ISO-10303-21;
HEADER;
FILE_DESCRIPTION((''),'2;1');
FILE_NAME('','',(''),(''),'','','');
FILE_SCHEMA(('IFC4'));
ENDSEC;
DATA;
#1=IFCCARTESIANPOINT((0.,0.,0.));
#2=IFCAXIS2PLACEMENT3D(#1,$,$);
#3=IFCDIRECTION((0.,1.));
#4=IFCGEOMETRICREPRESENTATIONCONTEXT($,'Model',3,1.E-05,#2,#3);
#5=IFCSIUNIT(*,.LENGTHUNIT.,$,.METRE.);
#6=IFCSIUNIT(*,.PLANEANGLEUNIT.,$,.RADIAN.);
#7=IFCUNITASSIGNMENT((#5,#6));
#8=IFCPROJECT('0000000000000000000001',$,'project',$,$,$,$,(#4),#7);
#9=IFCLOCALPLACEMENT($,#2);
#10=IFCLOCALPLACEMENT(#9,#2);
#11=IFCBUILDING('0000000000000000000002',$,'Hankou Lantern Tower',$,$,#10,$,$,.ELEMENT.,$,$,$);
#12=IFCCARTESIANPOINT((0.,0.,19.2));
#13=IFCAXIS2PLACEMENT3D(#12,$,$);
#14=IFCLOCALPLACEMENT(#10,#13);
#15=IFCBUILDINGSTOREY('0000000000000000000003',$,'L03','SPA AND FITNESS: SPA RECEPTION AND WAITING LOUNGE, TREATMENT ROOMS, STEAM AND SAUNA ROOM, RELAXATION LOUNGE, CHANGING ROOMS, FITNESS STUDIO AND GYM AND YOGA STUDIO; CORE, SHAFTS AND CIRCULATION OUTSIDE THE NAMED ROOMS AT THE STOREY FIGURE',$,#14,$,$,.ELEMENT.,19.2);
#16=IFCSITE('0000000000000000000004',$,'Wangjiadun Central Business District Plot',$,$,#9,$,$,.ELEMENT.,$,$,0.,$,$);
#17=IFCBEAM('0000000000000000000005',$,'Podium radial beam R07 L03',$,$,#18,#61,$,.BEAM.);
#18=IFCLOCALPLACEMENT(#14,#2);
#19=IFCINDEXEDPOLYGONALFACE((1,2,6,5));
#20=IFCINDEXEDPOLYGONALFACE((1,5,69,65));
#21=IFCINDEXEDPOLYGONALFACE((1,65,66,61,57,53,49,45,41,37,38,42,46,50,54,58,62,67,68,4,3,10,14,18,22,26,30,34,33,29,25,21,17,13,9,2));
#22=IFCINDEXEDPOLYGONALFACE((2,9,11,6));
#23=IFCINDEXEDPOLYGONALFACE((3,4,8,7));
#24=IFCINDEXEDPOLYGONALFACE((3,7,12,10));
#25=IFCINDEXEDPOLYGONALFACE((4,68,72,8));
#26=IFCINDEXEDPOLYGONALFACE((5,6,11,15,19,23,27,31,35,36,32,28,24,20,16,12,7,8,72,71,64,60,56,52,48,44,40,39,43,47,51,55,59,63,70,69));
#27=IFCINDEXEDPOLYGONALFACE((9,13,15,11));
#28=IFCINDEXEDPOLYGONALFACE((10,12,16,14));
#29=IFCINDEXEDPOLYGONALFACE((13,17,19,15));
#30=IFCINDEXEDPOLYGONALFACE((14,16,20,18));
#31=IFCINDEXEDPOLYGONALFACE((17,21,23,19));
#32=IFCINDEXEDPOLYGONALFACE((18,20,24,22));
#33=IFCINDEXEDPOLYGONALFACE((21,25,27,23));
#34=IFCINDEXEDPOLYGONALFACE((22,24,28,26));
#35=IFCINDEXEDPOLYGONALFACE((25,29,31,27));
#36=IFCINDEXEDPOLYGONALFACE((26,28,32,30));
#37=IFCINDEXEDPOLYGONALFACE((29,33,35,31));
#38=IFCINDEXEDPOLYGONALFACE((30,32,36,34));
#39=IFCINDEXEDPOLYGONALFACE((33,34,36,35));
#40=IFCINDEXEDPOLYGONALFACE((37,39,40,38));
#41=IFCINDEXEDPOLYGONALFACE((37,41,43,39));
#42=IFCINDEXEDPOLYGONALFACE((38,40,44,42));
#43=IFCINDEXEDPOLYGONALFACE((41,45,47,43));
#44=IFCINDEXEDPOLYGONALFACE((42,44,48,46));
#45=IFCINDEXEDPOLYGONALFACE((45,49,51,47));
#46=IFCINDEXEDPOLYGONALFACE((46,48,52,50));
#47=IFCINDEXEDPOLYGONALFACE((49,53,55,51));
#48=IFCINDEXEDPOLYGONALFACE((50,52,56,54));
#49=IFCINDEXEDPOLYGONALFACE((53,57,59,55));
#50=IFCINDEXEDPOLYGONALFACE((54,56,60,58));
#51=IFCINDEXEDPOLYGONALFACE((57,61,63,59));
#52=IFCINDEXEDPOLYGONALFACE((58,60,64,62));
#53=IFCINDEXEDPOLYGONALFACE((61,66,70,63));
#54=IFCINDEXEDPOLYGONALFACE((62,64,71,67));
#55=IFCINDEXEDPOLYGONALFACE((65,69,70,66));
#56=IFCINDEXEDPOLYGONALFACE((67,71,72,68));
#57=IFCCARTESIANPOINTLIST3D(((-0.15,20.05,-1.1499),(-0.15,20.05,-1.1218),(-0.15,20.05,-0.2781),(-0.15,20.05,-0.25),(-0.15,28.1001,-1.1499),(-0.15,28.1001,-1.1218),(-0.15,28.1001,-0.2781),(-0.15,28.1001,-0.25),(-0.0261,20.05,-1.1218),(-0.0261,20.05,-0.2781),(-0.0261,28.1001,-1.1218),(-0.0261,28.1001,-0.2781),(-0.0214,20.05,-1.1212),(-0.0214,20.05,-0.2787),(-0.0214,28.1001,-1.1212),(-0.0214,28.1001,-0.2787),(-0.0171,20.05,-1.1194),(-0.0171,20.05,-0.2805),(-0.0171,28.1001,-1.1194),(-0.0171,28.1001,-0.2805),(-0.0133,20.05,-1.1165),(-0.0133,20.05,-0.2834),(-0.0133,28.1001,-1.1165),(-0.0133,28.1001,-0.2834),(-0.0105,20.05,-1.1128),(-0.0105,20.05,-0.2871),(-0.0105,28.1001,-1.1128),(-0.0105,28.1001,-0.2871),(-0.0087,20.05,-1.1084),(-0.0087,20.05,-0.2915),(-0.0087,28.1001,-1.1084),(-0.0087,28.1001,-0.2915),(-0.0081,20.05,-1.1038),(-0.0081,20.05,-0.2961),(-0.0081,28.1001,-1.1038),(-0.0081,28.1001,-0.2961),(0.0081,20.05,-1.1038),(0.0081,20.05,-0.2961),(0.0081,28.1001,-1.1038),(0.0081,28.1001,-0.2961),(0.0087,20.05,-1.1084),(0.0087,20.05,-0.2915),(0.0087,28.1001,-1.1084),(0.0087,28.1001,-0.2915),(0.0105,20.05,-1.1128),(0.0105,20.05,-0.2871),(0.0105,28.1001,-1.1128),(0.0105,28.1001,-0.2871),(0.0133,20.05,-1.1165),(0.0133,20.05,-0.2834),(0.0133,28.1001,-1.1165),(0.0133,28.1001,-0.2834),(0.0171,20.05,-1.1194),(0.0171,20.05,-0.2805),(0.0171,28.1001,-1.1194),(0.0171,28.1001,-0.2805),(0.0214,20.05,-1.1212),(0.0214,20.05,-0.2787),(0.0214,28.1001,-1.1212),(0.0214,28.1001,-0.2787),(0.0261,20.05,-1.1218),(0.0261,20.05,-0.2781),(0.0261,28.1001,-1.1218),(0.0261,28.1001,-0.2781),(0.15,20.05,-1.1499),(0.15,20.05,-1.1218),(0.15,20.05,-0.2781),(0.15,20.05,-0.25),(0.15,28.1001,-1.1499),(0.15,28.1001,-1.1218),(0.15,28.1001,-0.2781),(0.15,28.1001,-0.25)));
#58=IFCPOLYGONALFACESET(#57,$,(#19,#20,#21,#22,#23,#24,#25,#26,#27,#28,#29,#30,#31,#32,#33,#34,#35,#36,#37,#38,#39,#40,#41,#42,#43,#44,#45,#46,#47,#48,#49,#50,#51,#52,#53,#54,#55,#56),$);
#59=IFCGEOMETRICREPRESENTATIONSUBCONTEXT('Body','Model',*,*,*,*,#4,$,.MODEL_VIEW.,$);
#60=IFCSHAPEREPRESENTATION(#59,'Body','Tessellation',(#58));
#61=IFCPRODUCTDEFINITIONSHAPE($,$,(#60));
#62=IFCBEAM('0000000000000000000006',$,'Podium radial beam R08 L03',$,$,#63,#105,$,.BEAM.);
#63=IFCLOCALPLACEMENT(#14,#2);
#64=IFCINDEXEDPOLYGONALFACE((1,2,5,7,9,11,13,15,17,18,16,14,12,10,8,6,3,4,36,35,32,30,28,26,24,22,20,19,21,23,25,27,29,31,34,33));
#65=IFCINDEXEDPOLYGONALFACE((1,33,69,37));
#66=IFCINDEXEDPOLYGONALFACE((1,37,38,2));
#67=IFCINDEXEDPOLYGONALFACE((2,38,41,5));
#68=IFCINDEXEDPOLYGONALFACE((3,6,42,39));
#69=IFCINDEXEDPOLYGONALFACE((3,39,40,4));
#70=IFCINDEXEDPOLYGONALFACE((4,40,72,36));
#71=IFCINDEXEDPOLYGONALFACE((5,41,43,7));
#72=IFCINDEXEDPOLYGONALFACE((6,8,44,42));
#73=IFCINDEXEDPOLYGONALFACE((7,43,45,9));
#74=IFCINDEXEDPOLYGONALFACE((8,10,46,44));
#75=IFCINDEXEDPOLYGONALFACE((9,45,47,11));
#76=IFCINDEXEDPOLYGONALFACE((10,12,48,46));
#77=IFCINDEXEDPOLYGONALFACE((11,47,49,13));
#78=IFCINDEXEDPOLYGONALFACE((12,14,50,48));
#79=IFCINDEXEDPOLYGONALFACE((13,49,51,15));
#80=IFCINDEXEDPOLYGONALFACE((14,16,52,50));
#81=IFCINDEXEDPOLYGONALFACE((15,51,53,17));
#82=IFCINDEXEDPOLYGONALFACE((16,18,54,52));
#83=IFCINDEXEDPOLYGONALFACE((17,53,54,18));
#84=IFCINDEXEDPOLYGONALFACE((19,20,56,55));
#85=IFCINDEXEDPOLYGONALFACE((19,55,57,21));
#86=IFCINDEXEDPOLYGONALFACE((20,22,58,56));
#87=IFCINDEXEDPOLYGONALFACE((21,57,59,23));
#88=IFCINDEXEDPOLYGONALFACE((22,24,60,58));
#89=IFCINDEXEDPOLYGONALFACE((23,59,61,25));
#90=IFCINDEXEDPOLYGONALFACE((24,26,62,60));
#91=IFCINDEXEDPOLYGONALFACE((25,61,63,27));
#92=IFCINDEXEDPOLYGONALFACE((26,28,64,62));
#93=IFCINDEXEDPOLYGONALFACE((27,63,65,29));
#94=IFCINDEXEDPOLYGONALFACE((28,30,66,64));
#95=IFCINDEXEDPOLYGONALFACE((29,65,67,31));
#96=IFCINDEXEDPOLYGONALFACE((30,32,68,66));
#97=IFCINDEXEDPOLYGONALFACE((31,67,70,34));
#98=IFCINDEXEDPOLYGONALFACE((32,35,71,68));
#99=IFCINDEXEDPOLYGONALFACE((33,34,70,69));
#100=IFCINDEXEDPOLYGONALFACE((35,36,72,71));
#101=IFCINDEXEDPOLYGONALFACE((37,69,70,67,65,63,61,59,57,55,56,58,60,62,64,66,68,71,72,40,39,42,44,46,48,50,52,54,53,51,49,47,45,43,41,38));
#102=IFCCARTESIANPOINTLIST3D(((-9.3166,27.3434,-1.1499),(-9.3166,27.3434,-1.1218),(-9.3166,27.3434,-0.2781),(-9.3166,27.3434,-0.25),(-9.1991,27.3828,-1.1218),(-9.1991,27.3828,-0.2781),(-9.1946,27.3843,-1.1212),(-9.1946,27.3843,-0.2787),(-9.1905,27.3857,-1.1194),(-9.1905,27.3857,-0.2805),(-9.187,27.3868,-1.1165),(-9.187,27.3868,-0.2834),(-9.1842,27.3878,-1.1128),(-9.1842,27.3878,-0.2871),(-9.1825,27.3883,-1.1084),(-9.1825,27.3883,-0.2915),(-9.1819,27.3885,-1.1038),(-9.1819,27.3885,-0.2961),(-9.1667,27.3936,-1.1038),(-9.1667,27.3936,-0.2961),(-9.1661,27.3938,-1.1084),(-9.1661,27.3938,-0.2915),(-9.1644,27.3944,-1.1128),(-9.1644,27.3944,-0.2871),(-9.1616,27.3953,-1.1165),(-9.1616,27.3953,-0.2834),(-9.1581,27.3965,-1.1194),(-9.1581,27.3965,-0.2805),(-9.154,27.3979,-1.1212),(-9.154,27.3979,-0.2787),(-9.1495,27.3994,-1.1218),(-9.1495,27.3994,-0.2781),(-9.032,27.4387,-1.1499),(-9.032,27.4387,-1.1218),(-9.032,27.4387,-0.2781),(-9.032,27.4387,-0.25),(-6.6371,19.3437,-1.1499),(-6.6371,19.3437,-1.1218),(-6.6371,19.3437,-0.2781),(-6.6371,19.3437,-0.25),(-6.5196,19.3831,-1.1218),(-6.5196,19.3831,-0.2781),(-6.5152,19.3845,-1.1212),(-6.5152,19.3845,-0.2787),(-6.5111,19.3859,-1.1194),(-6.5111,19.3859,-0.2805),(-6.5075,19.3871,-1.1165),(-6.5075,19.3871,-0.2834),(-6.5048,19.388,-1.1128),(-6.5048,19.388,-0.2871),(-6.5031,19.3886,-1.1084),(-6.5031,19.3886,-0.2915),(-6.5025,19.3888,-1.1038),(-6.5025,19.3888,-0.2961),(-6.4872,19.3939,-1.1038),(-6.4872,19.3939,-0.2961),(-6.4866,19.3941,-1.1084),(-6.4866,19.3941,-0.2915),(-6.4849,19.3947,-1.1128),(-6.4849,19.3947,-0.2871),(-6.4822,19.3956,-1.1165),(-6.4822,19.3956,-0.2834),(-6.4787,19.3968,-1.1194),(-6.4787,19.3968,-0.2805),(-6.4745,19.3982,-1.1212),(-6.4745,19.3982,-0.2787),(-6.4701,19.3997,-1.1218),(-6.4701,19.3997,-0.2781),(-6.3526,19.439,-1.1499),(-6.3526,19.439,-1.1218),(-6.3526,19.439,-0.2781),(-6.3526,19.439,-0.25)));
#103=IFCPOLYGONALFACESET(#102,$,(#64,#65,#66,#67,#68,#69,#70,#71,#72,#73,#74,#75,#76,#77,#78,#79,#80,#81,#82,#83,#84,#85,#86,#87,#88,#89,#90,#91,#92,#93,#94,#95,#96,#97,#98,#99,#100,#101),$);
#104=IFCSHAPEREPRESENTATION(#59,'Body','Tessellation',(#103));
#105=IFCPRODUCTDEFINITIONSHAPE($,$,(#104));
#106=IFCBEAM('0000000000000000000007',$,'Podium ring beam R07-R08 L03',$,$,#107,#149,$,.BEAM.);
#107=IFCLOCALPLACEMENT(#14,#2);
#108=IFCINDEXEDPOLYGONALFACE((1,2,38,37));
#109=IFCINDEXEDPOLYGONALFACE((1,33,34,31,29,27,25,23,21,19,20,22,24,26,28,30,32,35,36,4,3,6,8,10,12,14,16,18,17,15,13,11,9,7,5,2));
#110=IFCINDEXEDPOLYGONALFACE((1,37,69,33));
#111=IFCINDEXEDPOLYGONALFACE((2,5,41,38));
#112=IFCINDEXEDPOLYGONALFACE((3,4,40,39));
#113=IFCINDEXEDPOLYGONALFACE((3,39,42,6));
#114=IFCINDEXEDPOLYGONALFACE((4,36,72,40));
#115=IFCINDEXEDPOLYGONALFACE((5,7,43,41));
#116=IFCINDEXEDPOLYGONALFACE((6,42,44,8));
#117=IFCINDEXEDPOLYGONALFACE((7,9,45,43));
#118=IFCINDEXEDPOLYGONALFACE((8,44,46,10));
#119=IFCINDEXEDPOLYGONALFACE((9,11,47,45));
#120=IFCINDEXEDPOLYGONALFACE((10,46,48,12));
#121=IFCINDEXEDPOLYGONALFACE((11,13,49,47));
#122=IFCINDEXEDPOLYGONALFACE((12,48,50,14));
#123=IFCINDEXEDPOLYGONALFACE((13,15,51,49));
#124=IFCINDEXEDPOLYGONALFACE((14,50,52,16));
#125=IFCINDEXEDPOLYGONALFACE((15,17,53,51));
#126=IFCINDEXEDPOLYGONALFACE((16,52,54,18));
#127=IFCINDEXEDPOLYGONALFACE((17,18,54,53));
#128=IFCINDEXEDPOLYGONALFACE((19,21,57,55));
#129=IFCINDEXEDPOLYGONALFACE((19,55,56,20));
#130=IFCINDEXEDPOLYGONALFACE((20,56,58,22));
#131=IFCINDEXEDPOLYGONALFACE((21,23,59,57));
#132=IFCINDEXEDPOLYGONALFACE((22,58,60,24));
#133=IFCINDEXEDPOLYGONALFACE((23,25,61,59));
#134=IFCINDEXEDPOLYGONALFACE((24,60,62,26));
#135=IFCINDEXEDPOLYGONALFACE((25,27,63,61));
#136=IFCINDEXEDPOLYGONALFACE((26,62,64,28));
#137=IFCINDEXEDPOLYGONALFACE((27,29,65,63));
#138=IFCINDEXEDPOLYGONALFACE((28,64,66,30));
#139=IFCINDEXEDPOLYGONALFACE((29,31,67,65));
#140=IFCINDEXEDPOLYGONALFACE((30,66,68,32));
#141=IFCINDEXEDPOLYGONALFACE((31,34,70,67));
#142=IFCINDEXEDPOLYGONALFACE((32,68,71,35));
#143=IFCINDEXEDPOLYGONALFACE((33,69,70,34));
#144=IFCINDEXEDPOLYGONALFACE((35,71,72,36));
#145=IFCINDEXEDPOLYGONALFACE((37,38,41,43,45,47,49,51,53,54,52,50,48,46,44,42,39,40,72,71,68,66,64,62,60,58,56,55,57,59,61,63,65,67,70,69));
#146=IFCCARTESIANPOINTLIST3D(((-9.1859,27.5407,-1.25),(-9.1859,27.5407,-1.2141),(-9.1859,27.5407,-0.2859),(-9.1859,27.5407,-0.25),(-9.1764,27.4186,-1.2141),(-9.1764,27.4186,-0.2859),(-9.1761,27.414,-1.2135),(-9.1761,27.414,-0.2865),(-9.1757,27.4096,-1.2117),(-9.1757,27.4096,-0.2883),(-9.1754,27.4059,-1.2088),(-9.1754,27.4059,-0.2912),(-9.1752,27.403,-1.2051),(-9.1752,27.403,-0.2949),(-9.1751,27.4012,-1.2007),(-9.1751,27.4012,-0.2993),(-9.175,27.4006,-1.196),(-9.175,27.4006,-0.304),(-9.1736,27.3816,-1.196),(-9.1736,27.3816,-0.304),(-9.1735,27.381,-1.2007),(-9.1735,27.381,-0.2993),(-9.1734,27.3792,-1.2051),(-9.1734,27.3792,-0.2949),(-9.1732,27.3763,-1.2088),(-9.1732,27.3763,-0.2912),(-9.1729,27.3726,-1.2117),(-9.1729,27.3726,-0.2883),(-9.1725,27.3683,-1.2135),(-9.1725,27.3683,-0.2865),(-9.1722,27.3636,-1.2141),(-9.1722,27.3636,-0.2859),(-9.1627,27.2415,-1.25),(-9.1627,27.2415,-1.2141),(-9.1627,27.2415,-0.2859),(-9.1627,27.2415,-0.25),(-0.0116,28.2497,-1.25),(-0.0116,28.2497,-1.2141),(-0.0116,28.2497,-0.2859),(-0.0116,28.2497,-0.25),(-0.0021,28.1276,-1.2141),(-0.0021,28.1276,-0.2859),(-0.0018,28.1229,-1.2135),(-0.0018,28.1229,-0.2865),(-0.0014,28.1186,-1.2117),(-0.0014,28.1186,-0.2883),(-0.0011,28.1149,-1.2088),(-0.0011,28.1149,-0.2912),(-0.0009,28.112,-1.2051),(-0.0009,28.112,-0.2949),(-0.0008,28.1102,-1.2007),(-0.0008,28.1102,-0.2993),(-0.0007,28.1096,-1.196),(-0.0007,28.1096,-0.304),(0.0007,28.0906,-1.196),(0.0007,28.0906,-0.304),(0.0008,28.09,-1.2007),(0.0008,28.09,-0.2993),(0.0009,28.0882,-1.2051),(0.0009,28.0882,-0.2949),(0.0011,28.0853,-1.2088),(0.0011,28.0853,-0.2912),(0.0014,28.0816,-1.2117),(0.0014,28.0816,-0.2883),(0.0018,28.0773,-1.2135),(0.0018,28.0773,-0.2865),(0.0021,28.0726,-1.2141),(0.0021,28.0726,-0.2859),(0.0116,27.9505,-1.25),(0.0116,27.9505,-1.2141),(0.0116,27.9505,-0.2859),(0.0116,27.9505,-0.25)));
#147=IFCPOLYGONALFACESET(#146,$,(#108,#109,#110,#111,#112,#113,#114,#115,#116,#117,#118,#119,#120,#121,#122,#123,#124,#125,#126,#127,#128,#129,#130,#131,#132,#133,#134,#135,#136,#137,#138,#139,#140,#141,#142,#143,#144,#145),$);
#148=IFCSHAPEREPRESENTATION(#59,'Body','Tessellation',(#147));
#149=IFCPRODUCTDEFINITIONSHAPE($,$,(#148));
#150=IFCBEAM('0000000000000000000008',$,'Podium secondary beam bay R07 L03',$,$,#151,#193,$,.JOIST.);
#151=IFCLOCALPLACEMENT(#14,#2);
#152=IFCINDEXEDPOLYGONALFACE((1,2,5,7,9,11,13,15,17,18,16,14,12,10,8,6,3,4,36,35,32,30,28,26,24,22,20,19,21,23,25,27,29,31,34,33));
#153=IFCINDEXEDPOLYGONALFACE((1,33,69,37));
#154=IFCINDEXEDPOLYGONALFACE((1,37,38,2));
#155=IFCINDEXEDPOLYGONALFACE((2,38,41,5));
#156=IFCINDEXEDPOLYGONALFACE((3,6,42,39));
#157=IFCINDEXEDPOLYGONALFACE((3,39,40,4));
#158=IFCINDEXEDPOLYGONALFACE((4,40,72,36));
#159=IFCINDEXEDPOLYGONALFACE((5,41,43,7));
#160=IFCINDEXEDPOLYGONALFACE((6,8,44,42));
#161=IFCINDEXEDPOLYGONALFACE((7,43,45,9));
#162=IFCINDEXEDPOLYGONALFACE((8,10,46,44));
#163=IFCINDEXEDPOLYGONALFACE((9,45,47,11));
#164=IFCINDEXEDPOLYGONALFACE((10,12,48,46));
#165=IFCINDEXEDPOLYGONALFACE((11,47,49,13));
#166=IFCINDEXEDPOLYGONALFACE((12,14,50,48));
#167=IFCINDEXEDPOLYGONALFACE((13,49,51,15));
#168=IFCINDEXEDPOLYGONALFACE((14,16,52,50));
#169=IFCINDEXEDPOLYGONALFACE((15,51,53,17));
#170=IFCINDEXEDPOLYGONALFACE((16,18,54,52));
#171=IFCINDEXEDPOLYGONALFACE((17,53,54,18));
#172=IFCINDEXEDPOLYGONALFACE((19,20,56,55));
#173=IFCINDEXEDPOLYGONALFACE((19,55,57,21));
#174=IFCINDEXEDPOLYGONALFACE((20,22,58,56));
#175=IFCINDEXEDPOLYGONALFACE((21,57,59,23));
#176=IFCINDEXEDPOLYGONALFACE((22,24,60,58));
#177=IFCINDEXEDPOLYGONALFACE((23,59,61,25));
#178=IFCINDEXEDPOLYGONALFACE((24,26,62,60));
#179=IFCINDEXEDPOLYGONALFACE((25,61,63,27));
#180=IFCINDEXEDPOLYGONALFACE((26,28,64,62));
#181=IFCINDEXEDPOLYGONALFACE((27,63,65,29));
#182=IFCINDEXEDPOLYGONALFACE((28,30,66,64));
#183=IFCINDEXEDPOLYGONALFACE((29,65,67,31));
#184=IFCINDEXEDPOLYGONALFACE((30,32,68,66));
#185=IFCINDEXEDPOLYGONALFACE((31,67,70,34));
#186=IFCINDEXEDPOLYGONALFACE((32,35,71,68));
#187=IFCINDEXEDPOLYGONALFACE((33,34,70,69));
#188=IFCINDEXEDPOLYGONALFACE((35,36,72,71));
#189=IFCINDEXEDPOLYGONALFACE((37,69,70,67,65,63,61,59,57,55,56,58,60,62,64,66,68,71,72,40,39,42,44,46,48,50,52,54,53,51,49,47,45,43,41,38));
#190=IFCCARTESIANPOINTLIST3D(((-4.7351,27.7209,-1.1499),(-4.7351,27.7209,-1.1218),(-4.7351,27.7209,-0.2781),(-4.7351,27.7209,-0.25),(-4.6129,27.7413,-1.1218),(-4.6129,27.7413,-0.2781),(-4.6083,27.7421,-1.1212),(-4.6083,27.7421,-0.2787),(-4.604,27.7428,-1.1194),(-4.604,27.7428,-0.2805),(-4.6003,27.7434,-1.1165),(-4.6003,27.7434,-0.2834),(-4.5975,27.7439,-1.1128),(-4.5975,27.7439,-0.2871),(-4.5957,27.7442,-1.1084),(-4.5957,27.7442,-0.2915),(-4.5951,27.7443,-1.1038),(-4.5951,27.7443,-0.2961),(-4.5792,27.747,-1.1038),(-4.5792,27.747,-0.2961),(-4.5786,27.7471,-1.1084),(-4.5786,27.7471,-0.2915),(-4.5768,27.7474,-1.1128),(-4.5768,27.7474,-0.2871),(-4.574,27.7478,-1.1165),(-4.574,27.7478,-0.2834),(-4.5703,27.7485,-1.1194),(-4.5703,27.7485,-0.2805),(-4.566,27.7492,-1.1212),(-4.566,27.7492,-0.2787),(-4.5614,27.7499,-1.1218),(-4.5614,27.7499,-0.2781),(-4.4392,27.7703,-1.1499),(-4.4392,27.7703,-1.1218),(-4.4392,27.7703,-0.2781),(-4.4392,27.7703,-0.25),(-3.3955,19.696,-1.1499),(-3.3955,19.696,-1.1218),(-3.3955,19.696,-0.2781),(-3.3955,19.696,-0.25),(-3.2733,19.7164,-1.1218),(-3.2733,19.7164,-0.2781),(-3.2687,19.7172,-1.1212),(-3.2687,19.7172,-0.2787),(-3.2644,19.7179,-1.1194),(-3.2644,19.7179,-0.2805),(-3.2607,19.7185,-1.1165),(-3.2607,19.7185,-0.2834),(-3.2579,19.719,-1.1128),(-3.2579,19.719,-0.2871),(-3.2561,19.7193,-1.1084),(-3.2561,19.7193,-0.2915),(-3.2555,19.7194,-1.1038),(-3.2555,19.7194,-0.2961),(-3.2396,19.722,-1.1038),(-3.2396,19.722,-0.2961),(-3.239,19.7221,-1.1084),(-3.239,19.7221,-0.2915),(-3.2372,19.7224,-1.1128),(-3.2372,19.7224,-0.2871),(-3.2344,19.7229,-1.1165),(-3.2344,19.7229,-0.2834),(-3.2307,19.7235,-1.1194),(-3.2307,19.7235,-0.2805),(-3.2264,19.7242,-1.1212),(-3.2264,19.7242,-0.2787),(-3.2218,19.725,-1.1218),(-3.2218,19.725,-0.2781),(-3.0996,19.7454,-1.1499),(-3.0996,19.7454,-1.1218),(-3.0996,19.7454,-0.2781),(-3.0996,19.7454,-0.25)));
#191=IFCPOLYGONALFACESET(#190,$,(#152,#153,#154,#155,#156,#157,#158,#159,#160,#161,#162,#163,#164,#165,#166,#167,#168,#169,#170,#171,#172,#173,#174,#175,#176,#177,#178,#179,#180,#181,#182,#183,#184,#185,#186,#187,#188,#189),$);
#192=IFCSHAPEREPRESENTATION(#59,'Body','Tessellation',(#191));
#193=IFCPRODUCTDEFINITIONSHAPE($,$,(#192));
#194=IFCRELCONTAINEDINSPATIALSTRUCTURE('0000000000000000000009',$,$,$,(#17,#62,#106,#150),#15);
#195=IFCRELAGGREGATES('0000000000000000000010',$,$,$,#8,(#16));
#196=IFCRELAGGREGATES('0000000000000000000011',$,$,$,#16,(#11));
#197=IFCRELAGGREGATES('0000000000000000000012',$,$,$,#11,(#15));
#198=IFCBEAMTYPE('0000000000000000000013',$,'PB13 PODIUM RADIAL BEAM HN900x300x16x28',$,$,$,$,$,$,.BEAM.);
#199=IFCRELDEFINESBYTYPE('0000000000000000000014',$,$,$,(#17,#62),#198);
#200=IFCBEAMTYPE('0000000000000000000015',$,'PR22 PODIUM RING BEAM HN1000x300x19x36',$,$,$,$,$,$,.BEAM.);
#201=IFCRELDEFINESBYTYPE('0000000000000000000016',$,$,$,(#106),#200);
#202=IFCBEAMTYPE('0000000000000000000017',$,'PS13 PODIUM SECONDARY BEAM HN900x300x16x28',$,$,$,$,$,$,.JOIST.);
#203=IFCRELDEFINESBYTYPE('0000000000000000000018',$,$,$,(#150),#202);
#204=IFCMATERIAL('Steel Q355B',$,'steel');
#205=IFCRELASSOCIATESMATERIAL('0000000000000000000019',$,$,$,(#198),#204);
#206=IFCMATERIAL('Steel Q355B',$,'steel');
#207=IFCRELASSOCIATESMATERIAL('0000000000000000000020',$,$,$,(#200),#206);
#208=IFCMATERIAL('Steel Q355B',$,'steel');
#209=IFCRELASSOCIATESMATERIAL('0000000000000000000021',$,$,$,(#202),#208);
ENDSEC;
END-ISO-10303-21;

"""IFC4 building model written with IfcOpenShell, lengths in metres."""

from ifc_helpers import new_model, si_unit, direction, frame, origin, origin_2d, place, context, subcontext, project, spatial, i_section, extrude, material, material_profile, profile_set, type_object, element, save


model = new_model("IFC4")

# Units and contexts
model_context = context("Model", 3, precision=1e-05, world=origin(), true_north=direction((0.0, 1.0)))
body_context = subcontext(model_context, "Body", "Model", "MODEL_VIEW")
ifc_project = project(units=[si_unit("LENGTHUNIT", "METRE"), si_unit("PLANEANGLEUNIT", "RADIAN")], contexts=[model_context])

# Site, building, storey
site_placement = place(None, origin())
site = spatial("IfcSite", under=ifc_project, at=site_placement, Name="Wangjiadun Central Business District Plot", CompositionType="ELEMENT", RefElevation=0.0)
building_placement = place(site_placement, origin())
building = spatial("IfcBuilding", under=site, at=building_placement, Name="Hankou Lantern Tower", CompositionType="ELEMENT")
storey_placement = place(building_placement, frame((0.0, 0.0, 19.2)))
storey = spatial("IfcBuildingStorey", under=building, at=storey_placement, Name="L03", Description="SPA AND FITNESS: SPA RECEPTION AND WAITING LOUNGE, TREATMENT ROOMS, STEAM AND SAUNA ROOM, RELAXATION LOUNGE, CHANGING ROOMS, FITNESS STUDIO AND GYM AND YOGA STUDIO; CORE, SHAFTS AND CIRCULATION OUTSIDE THE NAMED ROOMS AT THE STOREY FIGURE", CompositionType="ELEMENT", Elevation=19.2)

# Beams
ifc_material_1 = material(Name="Steel Q355B", Category="steel")
ifc_material_profile_1 = material_profile(ifc_material_1, i_section(OverallWidth=0.3, OverallDepth=0.8999, WebThickness=0.0161, FlangeThickness=0.0281, FilletRadius=0.0181, at=origin_2d()), Name="HN900x300x16x28")
ifc_profile_set_1 = profile_set([ifc_material_profile_1], Name="Steel Q355B")
beam_type_1 = type_object("IfcBeamType", Name="PB13 PODIUM RADIAL BEAM HN900x300x16x28", PredefinedType="BEAM", material=ifc_profile_set_1)
beam_1_placement = place(storey_placement, frame((0.0, 20.05, -0.7), z_axis=(0.0, 1.0, 0.0), x_axis=(-1.0, 0.0, 0.0)))
element("IfcBeam", 1, at=beam_1_placement, inside=storey, type_object=beam_type_1, Name="Podium radial beam R07 L03", PredefinedType="BEAM", context=body_context, shape_type="SweptSolid", body=[
    extrude(i_section(OverallWidth=0.3, OverallDepth=0.8999, WebThickness=0.0161, FlangeThickness=0.0281, FilletRadius=0.0181, at=origin_2d()), origin(), (0.0, 0.0, 1.0), 8.05),
])
beam_2_placement = place(storey_placement, frame((-6.4949, 19.3914, -0.7), z_axis=(-0.317599, 0.948225, 0.0), x_axis=(-0.948225, -0.317599, 0.0)))
element("IfcBeam", 2, at=beam_2_placement, inside=storey, type_object=beam_type_1, Name="Podium radial beam R08 L03", PredefinedType="BEAM", context=body_context, shape_type="SweptSolid", body=[
    extrude(i_section(OverallWidth=0.3, OverallDepth=0.8999, WebThickness=0.0161, FlangeThickness=0.0281, FilletRadius=0.0181, at=origin_2d()), origin(), (0.0, 0.0, 1.0), 8.4365),
])
ifc_material_2 = material(Name="Steel Q355B", Category="steel")
ifc_material_profile_2 = material_profile(ifc_material_2, i_section(OverallWidth=0.3, OverallDepth=1.0, WebThickness=0.019, FlangeThickness=0.0359, FilletRadius=0.0181, at=origin_2d()), Name="HN1000x300x19x36")
ifc_profile_set_2 = profile_set([ifc_material_profile_2], Name="Steel Q355B")
beam_type_2 = type_object("IfcBeamType", Name="PR22 PODIUM RING BEAM HN1000x300x19x36", PredefinedType="BEAM", material=ifc_profile_set_2)
beam_3_placement = place(storey_placement, frame((0.0, 28.1001, -0.75), z_axis=(-0.997027, -0.07705, 0.0), x_axis=(0.07705, -0.997027, 0.0)))
element("IfcBeam", 3, at=beam_3_placement, inside=storey, type_object=beam_type_2, Name="Podium ring beam R07-R08 L03", PredefinedType="BEAM", context=body_context, shape_type="SweptSolid", body=[
    extrude(i_section(OverallWidth=0.3, OverallDepth=1.0, WebThickness=0.019, FlangeThickness=0.0359, FilletRadius=0.0181, at=origin_2d()), origin(), (0.0, 0.0, 1.0), 9.2017),
])
ifc_material_3 = material(Name="Steel Q355B", Category="steel")
ifc_material_profile_3 = material_profile(ifc_material_3, i_section(OverallWidth=0.3, OverallDepth=0.8999, WebThickness=0.0161, FlangeThickness=0.0281, FilletRadius=0.0181, at=origin_2d()), Name="HN900x300x16x28")
ifc_profile_set_3 = profile_set([ifc_material_profile_3], Name="Steel Q355B")
beam_type_3 = type_object("IfcBeamType", Name="PS13 PODIUM SECONDARY BEAM HN900x300x16x28", PredefinedType="JOIST", material=ifc_profile_set_3)
beam_4_placement = place(storey_placement, frame((-3.2476, 19.7207, -0.7), z_axis=(-0.164652, 0.986352, 0.0), x_axis=(-0.986352, -0.164652, 0.0)))
element("IfcBeam", 4, at=beam_4_placement, inside=storey, type_object=beam_type_3, Name="Podium secondary beam bay R07 L03", PredefinedType="JOIST", context=body_context, shape_type="SweptSolid", body=[
    extrude(i_section(OverallWidth=0.3, OverallDepth=0.8999, WebThickness=0.0161, FlangeThickness=0.0281, FilletRadius=0.0181, at=origin_2d()), origin(), (0.0, 0.0, 1.0), 8.136),
])

save(model, "model.ifc")
